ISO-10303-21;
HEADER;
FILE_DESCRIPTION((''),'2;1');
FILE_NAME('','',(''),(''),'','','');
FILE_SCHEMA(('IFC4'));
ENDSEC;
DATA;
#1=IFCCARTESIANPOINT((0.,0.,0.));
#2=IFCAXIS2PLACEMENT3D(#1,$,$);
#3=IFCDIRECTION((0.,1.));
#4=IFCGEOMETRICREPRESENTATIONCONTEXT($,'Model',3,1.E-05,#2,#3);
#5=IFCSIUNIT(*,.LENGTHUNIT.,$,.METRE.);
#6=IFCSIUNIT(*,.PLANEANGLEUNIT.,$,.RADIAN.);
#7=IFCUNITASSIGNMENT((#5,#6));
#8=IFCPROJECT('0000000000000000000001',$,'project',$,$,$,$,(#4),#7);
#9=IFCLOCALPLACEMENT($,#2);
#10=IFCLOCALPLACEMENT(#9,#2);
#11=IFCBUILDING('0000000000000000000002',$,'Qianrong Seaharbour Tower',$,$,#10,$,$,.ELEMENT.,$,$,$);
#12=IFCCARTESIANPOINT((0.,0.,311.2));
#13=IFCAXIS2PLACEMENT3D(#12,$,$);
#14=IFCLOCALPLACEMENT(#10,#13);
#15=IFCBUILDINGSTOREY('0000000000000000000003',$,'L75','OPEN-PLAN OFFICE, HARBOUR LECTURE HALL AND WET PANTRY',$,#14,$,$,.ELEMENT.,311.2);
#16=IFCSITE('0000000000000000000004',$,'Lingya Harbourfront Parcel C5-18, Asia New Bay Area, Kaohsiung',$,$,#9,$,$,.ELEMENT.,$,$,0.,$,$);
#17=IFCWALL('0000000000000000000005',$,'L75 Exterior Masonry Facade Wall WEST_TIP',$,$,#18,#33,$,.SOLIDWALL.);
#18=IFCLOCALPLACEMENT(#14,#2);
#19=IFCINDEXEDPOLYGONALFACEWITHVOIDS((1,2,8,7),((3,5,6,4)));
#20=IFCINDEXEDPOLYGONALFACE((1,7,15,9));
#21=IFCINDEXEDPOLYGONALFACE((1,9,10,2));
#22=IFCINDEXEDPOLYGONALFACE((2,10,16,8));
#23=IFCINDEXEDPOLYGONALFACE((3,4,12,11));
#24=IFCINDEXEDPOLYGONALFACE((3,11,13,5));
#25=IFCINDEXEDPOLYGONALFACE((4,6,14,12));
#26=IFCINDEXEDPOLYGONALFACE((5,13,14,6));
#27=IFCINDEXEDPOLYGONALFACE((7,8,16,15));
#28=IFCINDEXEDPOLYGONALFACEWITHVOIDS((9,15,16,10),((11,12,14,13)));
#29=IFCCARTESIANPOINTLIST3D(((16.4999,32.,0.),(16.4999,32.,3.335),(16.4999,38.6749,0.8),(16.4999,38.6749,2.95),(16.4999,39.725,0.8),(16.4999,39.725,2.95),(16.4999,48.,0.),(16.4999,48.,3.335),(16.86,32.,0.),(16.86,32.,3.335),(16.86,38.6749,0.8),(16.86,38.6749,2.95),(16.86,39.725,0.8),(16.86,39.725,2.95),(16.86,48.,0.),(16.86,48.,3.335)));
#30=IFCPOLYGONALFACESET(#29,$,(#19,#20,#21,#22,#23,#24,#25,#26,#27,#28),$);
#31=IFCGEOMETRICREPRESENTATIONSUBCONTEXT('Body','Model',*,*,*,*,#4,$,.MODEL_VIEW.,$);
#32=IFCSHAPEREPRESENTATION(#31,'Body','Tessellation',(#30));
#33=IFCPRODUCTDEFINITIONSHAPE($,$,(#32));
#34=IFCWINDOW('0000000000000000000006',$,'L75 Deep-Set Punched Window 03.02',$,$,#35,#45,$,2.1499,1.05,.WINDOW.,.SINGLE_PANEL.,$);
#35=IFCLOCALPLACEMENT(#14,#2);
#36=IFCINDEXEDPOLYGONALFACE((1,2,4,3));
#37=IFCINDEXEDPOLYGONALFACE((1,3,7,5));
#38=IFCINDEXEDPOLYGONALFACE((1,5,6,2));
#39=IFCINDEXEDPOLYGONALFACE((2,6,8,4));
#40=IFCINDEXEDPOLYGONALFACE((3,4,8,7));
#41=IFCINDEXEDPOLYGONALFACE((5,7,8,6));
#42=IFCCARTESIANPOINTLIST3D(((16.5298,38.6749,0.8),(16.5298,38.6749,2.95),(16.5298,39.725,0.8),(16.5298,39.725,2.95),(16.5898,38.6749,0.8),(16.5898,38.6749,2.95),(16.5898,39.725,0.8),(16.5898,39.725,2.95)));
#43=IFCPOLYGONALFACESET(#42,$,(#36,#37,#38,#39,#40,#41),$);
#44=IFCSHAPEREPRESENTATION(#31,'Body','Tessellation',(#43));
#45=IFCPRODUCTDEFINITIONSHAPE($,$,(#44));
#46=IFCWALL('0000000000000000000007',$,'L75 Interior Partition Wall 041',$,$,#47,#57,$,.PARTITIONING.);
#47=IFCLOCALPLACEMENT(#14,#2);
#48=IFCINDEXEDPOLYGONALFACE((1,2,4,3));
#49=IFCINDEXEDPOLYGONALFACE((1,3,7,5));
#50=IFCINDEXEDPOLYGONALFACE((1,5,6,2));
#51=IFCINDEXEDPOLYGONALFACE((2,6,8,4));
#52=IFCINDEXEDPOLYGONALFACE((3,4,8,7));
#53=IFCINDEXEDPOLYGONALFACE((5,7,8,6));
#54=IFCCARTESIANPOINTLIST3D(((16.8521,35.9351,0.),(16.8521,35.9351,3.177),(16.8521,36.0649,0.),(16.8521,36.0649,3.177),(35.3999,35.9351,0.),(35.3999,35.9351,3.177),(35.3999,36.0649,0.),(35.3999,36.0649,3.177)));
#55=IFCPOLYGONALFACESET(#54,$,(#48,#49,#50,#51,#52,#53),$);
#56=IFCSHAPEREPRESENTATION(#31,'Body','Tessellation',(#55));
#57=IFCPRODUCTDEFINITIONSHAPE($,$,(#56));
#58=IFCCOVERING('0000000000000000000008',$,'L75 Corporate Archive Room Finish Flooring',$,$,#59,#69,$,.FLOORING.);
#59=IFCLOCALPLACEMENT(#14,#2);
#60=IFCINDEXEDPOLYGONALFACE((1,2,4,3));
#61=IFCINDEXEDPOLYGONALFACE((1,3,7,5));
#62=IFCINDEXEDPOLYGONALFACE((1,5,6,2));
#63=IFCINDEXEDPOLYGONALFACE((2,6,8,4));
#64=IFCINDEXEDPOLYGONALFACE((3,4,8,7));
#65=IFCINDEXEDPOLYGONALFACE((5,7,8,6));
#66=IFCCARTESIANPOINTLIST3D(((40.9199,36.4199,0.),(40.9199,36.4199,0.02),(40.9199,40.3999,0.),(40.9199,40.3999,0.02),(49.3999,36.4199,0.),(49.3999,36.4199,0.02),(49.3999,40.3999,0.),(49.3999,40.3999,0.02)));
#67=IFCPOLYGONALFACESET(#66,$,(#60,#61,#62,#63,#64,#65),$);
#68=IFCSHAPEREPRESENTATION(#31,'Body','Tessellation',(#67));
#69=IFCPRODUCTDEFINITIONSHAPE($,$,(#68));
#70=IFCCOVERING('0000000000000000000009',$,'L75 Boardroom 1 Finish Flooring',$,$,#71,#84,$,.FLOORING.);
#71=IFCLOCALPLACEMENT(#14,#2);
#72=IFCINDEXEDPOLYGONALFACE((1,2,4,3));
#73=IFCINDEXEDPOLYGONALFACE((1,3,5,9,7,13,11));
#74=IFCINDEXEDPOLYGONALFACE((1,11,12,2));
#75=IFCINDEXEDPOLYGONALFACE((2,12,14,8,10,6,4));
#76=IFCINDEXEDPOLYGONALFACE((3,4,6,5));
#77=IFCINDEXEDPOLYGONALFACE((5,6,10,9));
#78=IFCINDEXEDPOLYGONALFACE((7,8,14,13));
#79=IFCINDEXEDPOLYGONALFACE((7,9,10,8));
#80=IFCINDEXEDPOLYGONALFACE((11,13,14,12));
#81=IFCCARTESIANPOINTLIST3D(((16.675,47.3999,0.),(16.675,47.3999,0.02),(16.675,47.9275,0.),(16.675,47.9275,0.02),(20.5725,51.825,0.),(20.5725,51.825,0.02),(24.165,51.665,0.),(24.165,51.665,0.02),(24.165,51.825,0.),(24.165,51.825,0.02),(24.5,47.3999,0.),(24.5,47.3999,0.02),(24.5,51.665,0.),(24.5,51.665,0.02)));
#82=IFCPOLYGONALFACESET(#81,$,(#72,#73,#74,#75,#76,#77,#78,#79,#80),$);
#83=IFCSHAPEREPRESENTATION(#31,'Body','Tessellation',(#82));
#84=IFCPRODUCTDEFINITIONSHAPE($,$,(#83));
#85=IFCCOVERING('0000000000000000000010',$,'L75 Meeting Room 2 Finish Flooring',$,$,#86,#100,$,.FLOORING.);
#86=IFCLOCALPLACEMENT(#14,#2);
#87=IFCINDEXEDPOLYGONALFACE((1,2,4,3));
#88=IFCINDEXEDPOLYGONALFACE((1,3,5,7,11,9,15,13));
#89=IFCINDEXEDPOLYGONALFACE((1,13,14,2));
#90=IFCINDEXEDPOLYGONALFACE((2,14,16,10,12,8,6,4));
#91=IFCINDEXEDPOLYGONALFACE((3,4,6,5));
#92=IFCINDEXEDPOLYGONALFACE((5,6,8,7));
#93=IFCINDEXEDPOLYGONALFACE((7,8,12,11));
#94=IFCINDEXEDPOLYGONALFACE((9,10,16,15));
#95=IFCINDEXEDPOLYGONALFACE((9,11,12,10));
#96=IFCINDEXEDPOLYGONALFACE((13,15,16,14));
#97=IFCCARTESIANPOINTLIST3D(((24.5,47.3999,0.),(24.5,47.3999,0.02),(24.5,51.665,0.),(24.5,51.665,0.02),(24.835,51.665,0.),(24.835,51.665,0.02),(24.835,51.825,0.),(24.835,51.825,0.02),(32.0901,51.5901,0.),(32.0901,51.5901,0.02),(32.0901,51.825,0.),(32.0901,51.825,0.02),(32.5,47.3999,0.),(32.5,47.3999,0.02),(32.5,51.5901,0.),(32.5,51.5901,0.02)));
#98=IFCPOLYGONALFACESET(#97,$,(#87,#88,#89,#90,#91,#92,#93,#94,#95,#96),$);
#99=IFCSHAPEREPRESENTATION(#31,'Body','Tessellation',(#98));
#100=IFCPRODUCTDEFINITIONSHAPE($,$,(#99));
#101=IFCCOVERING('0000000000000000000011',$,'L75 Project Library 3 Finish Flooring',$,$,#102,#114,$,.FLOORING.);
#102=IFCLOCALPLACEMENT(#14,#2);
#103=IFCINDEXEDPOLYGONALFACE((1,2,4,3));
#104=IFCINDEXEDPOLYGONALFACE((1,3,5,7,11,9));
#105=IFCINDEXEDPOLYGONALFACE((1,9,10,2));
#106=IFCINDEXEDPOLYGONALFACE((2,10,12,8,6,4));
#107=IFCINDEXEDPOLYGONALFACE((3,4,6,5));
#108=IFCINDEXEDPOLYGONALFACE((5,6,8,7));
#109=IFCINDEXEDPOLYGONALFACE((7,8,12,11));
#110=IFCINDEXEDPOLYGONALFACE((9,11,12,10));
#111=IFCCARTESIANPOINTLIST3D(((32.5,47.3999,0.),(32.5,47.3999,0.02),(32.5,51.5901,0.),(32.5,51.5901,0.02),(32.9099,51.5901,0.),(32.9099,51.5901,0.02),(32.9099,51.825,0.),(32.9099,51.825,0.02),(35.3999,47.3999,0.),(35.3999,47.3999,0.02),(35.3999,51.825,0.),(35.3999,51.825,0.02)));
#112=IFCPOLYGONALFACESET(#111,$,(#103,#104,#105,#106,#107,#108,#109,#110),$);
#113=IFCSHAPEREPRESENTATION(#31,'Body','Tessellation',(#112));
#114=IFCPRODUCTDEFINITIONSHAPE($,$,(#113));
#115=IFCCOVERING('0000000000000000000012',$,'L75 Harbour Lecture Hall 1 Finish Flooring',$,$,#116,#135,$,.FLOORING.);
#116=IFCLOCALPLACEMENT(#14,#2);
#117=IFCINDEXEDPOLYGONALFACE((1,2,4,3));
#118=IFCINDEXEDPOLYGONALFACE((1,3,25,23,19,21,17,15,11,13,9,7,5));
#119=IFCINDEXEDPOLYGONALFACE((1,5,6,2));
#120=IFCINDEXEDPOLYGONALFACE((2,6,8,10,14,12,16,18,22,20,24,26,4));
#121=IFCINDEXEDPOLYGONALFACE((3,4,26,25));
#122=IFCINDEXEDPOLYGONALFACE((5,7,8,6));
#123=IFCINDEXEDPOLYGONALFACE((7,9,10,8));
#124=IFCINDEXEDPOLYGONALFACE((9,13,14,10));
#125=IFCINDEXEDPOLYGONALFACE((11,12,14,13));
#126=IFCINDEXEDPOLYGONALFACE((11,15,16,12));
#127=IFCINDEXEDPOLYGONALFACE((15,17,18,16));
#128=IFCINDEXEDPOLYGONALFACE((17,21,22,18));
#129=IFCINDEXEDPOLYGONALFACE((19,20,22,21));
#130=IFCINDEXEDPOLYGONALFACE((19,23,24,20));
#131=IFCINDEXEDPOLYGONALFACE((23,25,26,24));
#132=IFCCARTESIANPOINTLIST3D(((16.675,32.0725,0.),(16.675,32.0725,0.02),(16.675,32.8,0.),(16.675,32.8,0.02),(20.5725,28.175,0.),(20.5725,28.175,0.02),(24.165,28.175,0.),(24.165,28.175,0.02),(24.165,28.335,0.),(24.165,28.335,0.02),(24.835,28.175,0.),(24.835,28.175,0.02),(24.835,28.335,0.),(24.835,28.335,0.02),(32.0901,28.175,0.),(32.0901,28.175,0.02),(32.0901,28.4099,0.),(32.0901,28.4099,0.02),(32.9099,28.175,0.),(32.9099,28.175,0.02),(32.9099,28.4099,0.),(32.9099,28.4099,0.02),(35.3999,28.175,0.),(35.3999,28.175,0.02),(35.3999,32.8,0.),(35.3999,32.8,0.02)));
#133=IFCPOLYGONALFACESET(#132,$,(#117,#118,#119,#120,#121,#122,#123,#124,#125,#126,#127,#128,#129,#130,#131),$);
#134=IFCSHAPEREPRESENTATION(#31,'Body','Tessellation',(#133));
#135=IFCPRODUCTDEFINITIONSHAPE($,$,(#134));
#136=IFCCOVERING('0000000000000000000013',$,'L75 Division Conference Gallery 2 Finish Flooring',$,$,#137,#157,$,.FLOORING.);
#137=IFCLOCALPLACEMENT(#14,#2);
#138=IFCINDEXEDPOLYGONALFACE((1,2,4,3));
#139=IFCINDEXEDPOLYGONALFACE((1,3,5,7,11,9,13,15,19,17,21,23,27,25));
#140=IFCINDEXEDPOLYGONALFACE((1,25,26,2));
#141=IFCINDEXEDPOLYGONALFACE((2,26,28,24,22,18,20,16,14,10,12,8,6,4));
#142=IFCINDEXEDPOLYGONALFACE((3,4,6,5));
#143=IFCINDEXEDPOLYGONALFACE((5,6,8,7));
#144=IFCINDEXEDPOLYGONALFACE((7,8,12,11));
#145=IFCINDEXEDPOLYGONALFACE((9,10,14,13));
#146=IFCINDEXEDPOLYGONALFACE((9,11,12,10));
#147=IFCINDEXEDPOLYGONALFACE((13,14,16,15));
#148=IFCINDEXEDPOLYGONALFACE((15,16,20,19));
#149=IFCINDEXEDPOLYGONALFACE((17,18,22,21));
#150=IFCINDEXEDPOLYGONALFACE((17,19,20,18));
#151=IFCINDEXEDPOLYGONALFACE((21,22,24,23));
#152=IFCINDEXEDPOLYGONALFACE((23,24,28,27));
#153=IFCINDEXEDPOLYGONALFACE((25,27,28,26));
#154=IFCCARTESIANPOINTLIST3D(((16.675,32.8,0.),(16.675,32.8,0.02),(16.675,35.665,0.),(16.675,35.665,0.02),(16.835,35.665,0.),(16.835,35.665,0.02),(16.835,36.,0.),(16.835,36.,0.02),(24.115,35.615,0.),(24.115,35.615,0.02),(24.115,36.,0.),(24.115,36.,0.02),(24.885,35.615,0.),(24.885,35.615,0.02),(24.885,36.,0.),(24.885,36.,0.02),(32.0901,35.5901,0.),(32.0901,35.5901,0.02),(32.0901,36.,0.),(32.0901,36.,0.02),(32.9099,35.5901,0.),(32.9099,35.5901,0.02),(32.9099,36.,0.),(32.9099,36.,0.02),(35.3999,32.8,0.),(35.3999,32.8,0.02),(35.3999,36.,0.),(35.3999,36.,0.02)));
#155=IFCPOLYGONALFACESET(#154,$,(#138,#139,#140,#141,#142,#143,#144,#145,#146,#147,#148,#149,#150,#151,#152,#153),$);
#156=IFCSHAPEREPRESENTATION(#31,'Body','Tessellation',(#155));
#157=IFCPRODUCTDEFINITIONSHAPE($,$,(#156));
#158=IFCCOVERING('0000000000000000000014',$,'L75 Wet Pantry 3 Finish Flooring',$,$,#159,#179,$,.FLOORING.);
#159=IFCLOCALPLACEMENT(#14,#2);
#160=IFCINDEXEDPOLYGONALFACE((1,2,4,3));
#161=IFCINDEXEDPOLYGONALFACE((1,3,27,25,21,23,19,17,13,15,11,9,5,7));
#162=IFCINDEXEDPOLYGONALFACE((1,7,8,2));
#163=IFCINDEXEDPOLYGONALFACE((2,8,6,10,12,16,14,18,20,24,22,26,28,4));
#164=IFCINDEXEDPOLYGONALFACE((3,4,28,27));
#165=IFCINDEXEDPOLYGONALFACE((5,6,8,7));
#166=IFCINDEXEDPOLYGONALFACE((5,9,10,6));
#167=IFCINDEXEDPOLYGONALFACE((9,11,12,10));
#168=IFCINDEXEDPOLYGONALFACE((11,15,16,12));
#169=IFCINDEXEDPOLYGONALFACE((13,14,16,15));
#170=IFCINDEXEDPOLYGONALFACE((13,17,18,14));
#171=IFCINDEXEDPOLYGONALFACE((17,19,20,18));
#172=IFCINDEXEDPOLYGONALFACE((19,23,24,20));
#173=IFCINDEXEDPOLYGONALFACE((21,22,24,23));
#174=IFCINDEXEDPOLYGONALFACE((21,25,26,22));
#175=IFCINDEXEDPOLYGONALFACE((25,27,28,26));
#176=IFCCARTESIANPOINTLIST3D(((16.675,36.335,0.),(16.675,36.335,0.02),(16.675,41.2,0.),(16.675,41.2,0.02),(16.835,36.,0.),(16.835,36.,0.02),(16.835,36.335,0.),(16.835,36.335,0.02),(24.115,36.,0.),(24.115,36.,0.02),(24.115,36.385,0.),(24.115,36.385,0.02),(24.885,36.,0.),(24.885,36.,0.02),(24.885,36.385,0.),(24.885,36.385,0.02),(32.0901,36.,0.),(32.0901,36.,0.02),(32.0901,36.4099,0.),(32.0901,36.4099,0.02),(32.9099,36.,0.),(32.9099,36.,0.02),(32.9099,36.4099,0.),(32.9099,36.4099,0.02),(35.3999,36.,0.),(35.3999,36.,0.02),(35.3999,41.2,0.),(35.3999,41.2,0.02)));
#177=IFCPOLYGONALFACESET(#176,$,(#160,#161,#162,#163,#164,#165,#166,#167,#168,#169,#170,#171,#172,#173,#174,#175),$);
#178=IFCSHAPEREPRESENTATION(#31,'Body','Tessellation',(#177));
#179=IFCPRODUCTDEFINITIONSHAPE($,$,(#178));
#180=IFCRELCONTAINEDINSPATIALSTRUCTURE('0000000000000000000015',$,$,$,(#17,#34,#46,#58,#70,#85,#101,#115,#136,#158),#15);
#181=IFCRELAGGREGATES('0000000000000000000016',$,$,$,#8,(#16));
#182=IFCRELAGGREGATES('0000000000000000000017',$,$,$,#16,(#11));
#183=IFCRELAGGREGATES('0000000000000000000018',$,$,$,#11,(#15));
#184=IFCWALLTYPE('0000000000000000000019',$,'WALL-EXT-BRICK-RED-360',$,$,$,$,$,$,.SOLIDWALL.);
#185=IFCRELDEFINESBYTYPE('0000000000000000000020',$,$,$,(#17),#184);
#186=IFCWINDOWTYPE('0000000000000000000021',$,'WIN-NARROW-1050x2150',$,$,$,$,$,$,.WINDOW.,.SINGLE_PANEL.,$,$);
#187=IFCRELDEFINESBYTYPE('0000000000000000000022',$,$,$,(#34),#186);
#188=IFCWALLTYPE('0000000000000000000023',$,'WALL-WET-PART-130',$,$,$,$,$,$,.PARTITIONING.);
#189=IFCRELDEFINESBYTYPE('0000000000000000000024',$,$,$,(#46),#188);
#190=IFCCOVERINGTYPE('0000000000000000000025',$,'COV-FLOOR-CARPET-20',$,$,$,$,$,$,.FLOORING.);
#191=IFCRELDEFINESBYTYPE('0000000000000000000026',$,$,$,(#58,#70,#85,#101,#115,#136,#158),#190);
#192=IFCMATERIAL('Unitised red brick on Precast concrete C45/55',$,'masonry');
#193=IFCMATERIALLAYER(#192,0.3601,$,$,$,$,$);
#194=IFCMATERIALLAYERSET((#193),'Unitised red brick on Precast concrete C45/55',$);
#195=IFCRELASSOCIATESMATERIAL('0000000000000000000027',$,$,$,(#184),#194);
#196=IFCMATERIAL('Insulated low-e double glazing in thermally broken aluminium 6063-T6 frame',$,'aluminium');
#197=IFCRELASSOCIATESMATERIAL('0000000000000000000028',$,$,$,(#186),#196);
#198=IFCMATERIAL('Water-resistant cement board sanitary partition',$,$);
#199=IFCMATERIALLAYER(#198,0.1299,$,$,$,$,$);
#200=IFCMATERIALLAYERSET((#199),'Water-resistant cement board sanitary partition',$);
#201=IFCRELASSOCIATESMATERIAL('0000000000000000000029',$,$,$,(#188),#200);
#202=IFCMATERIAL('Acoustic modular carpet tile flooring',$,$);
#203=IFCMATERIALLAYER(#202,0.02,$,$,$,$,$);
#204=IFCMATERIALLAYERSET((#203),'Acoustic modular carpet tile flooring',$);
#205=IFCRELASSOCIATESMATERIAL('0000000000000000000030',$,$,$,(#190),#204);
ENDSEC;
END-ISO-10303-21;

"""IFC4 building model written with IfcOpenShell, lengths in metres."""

from ifc_helpers import new_model, si_unit, direction, frame, frame_2d, origin, place, context, subcontext, project, spatial, polyline, rectangle, outline, extrude, material, layer, layer_set, type_object, element, fill, save


model = new_model("IFC4")

# Units and contexts
model_context = context("Model", 3, precision=1e-05, world=origin(), true_north=direction((0.0, 1.0)))
body_context = subcontext(model_context, "Body", "Model", "MODEL_VIEW")
ifc_project = project(units=[si_unit("LENGTHUNIT", "METRE"), si_unit("PLANEANGLEUNIT", "RADIAN")], contexts=[model_context])

# Site, building, storey
site_placement = place(None, origin())
site = spatial("IfcSite", under=ifc_project, at=site_placement, Name="Lingya Harbourfront Parcel C5-18, Asia New Bay Area, Kaohsiung", CompositionType="ELEMENT", RefElevation=0.0)
building_placement = place(site_placement, origin())
building = spatial("IfcBuilding", under=site, at=building_placement, Name="Qianrong Seaharbour Tower", CompositionType="ELEMENT")
storey_placement = place(building_placement, frame((0.0, 0.0, 311.2)))
storey = spatial("IfcBuildingStorey", under=building, at=storey_placement, Name="L75", Description="OPEN-PLAN OFFICE, HARBOUR LECTURE HALL AND WET PANTRY", CompositionType="ELEMENT", Elevation=311.2)

# Wall, opening, window
ifc_material_1 = material(Name="Unitised red brick on Precast concrete C45/55", Category="masonry")
ifc_layer_1 = layer(ifc_material_1, 0.3601)
ifc_layer_set_1 = layer_set([ifc_layer_1], Name="Unitised red brick on Precast concrete C45/55")
wall_type_1 = type_object("IfcWallType", Name="WALL-EXT-BRICK-RED-360", PredefinedType="SOLIDWALL", material=ifc_layer_set_1)
wall_1_placement = place(storey_placement, frame((16.6799, 32.0, 0.0), z_axis=(0.0, 0.0, 1.0), x_axis=(0.0, 1.0, 0.0)))
wall_1 = element("IfcWall", 1, at=wall_1_placement, inside=storey, type_object=wall_type_1, Name="L75 Exterior Masonry Facade Wall WEST_TIP", PredefinedType="SOLIDWALL", context=body_context, shape_type="SweptSolid", body=[
    extrude(rectangle(XDim=16.0, YDim=0.3601, at=frame_2d((8.0, 0.0))), origin(), (0.0, 0.0, 1.0), 3.335),
])
opening_1_placement = place(wall_1_placement, frame((6.675, 0.0, 0.8)))
opening_1 = element("IfcOpeningElement", 2, at=opening_1_placement, cuts=wall_1, PredefinedType="OPENING", context=body_context, shape_type="SweptSolid", body=[
    extrude(rectangle(XDim=1.05, YDim=2.1499, at=frame_2d((0.5249, 1.075))), frame((0.0, 0.1899, 0.0), z_axis=(0.0, -1.0, 0.0), x_axis=(1.0, 0.0, 0.0)), (0.0, 0.0, 1.0), 0.3801),
])
ifc_material_2 = material(Name="Insulated low-e double glazing in thermally broken aluminium 6063-T6 frame", Category="aluminium")
window_type = type_object("IfcWindowType", Name="WIN-NARROW-1050x2150", PartitioningType="SINGLE_PANEL", PredefinedType="WINDOW", material=ifc_material_2)
window_placement = place(opening_1_placement, origin())
window = element("IfcWindow", 3, at=window_placement, inside=storey, type_object=window_type, Name="L75 Deep-Set Punched Window 03.02", OverallHeight=2.1499, OverallWidth=1.05, PartitioningType="SINGLE_PANEL", PredefinedType="WINDOW", context=body_context, shape_type="SweptSolid", body=[
    extrude(rectangle(XDim=1.05, YDim=2.1499, at=frame_2d((0.5249, 1.075))), frame((0.0, 0.1501, 0.0), z_axis=(0.0, -1.0, 0.0), x_axis=(1.0, 0.0, 0.0)), (0.0, 0.0, 1.0), 0.0601),
])
fill(opening_1, window)

# Wall
ifc_material_3 = material(Name="Water-resistant cement board sanitary partition")
ifc_layer_2 = layer(ifc_material_3, 0.1299)
ifc_layer_set_2 = layer_set([ifc_layer_2], Name="Water-resistant cement board sanitary partition")
wall_type_2 = type_object("IfcWallType", Name="WALL-WET-PART-130", PredefinedType="PARTITIONING", material=ifc_layer_set_2)
wall_2_placement = place(storey_placement, frame((16.8521, 36.0, 0.0), z_axis=(0.0, 0.0, 1.0), x_axis=(1.0, 0.0, 0.0)))
element("IfcWall", 4, at=wall_2_placement, inside=storey, type_object=wall_type_2, Name="L75 Interior Partition Wall 041", PredefinedType="PARTITIONING", context=body_context, shape_type="SweptSolid", body=[
    extrude(rectangle(XDim=18.5479, YDim=0.1299, at=frame_2d((9.2739, 0.0))), origin(), (0.0, 0.0, 1.0), 3.177),
])

# Coverings
ifc_material_4 = material(Name="Acoustic modular carpet tile flooring")
ifc_layer_3 = layer(ifc_material_4, 0.02)
ifc_layer_set_3 = layer_set([ifc_layer_3], Name="Acoustic modular carpet tile flooring")
covering_type_1 = type_object("IfcCoveringType", Name="COV-FLOOR-CARPET-20", PredefinedType="FLOORING", material=ifc_layer_set_3)
covering_1_placement = place(storey_placement, origin())
element("IfcCovering", 5, at=covering_1_placement, inside=storey, type_object=covering_type_1, Name="L75 Corporate Archive Room Finish Flooring", PredefinedType="FLOORING", context=body_context, shape_type="SweptSolid", body=[
    extrude(outline(polyline([(49.3999, 40.3999), (49.3999, 36.4199), (40.9199, 36.4199), (40.9199, 40.3999), (49.3999, 40.3999)])), origin(), (0.0, 0.0, 1.0), 0.02),
])
covering_2_placement = place(storey_placement, origin())
element("IfcCovering", 6, at=covering_2_placement, inside=storey, type_object=covering_type_1, Name="L75 Boardroom 1 Finish Flooring", PredefinedType="FLOORING", context=body_context, shape_type="SweptSolid", body=[
    extrude(outline(polyline([(16.675, 47.9275), (20.5725, 51.825), (24.165, 51.825), (24.165, 51.665), (24.5, 51.665), (24.5, 47.3999), (16.675, 47.3999), (16.675, 47.9275)])), origin(), (0.0, 0.0, 1.0), 0.02),
])
covering_3_placement = place(storey_placement, origin())
element("IfcCovering", 7, at=covering_3_placement, inside=storey, type_object=covering_type_1, Name="L75 Meeting Room 2 Finish Flooring", PredefinedType="FLOORING", context=body_context, shape_type="SweptSolid", body=[
    extrude(outline(polyline([(24.5, 51.665), (24.835, 51.665), (24.835, 51.825), (32.0901, 51.825), (32.0901, 51.5901), (32.5, 51.5901), (32.5, 47.3999), (24.5, 47.3999), (24.5, 51.665)])), origin(), (0.0, 0.0, 1.0), 0.02),
])
covering_4_placement = place(storey_placement, origin())
element("IfcCovering", 8, at=covering_4_placement, inside=storey, type_object=covering_type_1, Name="L75 Project Library 3 Finish Flooring", PredefinedType="FLOORING", context=body_context, shape_type="SweptSolid", body=[
    extrude(outline(polyline([(32.5, 51.5901), (32.9099, 51.5901), (32.9099, 51.825), (35.3999, 51.825), (35.3999, 47.3999), (32.5, 47.3999), (32.5, 51.5901)])), origin(), (0.0, 0.0, 1.0), 0.02),
])
covering_5_placement = place(storey_placement, origin())
element("IfcCovering", 9, at=covering_5_placement, inside=storey, type_object=covering_type_1, Name="L75 Harbour Lecture Hall 1 Finish Flooring", PredefinedType="FLOORING", context=body_context, shape_type="SweptSolid", body=[
    extrude(outline(polyline([(32.9099, 28.175), (32.9099, 28.4099), (32.0901, 28.4099), (32.0901, 28.175), (24.835, 28.175), (24.835, 28.335), (24.165, 28.335), (24.165, 28.175), (20.5725, 28.175), (16.675, 32.0725), (16.675, 32.8), (35.3999, 32.8), (35.3999, 28.175), (32.9099, 28.175)])), origin(), (0.0, 0.0, 1.0), 0.02),
])
covering_6_placement = place(storey_placement, origin())
element("IfcCovering", 10, at=covering_6_placement, inside=storey, type_object=covering_type_1, Name="L75 Division Conference Gallery 2 Finish Flooring", PredefinedType="FLOORING", context=body_context, shape_type="SweptSolid", body=[
    extrude(outline(polyline([(16.675, 32.8), (16.675, 35.665), (16.835, 35.665), (16.835, 36.0), (24.115, 36.0), (24.115, 35.615), (24.885, 35.615), (24.885, 36.0), (32.0901, 36.0), (32.0901, 35.5901), (32.9099, 35.5901), (32.9099, 36.0), (35.3999, 36.0), (35.3999, 32.8), (16.675, 32.8)])), origin(), (0.0, 0.0, 1.0), 0.02),
])
covering_7_placement = place(storey_placement, origin())
element("IfcCovering", 11, at=covering_7_placement, inside=storey, type_object=covering_type_1, Name="L75 Wet Pantry 3 Finish Flooring", PredefinedType="FLOORING", context=body_context, shape_type="SweptSolid", body=[
    extrude(outline(polyline([(32.9099, 36.0), (32.9099, 36.4099), (32.0901, 36.4099), (32.0901, 36.0), (24.885, 36.0), (24.885, 36.385), (24.115, 36.385), (24.115, 36.0), (16.835, 36.0), (16.835, 36.335), (16.675, 36.335), (16.675, 41.2), (35.3999, 41.2), (35.3999, 36.0), (32.9099, 36.0)])), origin(), (0.0, 0.0, 1.0), 0.02),
])

save(model, "model.ifc")
